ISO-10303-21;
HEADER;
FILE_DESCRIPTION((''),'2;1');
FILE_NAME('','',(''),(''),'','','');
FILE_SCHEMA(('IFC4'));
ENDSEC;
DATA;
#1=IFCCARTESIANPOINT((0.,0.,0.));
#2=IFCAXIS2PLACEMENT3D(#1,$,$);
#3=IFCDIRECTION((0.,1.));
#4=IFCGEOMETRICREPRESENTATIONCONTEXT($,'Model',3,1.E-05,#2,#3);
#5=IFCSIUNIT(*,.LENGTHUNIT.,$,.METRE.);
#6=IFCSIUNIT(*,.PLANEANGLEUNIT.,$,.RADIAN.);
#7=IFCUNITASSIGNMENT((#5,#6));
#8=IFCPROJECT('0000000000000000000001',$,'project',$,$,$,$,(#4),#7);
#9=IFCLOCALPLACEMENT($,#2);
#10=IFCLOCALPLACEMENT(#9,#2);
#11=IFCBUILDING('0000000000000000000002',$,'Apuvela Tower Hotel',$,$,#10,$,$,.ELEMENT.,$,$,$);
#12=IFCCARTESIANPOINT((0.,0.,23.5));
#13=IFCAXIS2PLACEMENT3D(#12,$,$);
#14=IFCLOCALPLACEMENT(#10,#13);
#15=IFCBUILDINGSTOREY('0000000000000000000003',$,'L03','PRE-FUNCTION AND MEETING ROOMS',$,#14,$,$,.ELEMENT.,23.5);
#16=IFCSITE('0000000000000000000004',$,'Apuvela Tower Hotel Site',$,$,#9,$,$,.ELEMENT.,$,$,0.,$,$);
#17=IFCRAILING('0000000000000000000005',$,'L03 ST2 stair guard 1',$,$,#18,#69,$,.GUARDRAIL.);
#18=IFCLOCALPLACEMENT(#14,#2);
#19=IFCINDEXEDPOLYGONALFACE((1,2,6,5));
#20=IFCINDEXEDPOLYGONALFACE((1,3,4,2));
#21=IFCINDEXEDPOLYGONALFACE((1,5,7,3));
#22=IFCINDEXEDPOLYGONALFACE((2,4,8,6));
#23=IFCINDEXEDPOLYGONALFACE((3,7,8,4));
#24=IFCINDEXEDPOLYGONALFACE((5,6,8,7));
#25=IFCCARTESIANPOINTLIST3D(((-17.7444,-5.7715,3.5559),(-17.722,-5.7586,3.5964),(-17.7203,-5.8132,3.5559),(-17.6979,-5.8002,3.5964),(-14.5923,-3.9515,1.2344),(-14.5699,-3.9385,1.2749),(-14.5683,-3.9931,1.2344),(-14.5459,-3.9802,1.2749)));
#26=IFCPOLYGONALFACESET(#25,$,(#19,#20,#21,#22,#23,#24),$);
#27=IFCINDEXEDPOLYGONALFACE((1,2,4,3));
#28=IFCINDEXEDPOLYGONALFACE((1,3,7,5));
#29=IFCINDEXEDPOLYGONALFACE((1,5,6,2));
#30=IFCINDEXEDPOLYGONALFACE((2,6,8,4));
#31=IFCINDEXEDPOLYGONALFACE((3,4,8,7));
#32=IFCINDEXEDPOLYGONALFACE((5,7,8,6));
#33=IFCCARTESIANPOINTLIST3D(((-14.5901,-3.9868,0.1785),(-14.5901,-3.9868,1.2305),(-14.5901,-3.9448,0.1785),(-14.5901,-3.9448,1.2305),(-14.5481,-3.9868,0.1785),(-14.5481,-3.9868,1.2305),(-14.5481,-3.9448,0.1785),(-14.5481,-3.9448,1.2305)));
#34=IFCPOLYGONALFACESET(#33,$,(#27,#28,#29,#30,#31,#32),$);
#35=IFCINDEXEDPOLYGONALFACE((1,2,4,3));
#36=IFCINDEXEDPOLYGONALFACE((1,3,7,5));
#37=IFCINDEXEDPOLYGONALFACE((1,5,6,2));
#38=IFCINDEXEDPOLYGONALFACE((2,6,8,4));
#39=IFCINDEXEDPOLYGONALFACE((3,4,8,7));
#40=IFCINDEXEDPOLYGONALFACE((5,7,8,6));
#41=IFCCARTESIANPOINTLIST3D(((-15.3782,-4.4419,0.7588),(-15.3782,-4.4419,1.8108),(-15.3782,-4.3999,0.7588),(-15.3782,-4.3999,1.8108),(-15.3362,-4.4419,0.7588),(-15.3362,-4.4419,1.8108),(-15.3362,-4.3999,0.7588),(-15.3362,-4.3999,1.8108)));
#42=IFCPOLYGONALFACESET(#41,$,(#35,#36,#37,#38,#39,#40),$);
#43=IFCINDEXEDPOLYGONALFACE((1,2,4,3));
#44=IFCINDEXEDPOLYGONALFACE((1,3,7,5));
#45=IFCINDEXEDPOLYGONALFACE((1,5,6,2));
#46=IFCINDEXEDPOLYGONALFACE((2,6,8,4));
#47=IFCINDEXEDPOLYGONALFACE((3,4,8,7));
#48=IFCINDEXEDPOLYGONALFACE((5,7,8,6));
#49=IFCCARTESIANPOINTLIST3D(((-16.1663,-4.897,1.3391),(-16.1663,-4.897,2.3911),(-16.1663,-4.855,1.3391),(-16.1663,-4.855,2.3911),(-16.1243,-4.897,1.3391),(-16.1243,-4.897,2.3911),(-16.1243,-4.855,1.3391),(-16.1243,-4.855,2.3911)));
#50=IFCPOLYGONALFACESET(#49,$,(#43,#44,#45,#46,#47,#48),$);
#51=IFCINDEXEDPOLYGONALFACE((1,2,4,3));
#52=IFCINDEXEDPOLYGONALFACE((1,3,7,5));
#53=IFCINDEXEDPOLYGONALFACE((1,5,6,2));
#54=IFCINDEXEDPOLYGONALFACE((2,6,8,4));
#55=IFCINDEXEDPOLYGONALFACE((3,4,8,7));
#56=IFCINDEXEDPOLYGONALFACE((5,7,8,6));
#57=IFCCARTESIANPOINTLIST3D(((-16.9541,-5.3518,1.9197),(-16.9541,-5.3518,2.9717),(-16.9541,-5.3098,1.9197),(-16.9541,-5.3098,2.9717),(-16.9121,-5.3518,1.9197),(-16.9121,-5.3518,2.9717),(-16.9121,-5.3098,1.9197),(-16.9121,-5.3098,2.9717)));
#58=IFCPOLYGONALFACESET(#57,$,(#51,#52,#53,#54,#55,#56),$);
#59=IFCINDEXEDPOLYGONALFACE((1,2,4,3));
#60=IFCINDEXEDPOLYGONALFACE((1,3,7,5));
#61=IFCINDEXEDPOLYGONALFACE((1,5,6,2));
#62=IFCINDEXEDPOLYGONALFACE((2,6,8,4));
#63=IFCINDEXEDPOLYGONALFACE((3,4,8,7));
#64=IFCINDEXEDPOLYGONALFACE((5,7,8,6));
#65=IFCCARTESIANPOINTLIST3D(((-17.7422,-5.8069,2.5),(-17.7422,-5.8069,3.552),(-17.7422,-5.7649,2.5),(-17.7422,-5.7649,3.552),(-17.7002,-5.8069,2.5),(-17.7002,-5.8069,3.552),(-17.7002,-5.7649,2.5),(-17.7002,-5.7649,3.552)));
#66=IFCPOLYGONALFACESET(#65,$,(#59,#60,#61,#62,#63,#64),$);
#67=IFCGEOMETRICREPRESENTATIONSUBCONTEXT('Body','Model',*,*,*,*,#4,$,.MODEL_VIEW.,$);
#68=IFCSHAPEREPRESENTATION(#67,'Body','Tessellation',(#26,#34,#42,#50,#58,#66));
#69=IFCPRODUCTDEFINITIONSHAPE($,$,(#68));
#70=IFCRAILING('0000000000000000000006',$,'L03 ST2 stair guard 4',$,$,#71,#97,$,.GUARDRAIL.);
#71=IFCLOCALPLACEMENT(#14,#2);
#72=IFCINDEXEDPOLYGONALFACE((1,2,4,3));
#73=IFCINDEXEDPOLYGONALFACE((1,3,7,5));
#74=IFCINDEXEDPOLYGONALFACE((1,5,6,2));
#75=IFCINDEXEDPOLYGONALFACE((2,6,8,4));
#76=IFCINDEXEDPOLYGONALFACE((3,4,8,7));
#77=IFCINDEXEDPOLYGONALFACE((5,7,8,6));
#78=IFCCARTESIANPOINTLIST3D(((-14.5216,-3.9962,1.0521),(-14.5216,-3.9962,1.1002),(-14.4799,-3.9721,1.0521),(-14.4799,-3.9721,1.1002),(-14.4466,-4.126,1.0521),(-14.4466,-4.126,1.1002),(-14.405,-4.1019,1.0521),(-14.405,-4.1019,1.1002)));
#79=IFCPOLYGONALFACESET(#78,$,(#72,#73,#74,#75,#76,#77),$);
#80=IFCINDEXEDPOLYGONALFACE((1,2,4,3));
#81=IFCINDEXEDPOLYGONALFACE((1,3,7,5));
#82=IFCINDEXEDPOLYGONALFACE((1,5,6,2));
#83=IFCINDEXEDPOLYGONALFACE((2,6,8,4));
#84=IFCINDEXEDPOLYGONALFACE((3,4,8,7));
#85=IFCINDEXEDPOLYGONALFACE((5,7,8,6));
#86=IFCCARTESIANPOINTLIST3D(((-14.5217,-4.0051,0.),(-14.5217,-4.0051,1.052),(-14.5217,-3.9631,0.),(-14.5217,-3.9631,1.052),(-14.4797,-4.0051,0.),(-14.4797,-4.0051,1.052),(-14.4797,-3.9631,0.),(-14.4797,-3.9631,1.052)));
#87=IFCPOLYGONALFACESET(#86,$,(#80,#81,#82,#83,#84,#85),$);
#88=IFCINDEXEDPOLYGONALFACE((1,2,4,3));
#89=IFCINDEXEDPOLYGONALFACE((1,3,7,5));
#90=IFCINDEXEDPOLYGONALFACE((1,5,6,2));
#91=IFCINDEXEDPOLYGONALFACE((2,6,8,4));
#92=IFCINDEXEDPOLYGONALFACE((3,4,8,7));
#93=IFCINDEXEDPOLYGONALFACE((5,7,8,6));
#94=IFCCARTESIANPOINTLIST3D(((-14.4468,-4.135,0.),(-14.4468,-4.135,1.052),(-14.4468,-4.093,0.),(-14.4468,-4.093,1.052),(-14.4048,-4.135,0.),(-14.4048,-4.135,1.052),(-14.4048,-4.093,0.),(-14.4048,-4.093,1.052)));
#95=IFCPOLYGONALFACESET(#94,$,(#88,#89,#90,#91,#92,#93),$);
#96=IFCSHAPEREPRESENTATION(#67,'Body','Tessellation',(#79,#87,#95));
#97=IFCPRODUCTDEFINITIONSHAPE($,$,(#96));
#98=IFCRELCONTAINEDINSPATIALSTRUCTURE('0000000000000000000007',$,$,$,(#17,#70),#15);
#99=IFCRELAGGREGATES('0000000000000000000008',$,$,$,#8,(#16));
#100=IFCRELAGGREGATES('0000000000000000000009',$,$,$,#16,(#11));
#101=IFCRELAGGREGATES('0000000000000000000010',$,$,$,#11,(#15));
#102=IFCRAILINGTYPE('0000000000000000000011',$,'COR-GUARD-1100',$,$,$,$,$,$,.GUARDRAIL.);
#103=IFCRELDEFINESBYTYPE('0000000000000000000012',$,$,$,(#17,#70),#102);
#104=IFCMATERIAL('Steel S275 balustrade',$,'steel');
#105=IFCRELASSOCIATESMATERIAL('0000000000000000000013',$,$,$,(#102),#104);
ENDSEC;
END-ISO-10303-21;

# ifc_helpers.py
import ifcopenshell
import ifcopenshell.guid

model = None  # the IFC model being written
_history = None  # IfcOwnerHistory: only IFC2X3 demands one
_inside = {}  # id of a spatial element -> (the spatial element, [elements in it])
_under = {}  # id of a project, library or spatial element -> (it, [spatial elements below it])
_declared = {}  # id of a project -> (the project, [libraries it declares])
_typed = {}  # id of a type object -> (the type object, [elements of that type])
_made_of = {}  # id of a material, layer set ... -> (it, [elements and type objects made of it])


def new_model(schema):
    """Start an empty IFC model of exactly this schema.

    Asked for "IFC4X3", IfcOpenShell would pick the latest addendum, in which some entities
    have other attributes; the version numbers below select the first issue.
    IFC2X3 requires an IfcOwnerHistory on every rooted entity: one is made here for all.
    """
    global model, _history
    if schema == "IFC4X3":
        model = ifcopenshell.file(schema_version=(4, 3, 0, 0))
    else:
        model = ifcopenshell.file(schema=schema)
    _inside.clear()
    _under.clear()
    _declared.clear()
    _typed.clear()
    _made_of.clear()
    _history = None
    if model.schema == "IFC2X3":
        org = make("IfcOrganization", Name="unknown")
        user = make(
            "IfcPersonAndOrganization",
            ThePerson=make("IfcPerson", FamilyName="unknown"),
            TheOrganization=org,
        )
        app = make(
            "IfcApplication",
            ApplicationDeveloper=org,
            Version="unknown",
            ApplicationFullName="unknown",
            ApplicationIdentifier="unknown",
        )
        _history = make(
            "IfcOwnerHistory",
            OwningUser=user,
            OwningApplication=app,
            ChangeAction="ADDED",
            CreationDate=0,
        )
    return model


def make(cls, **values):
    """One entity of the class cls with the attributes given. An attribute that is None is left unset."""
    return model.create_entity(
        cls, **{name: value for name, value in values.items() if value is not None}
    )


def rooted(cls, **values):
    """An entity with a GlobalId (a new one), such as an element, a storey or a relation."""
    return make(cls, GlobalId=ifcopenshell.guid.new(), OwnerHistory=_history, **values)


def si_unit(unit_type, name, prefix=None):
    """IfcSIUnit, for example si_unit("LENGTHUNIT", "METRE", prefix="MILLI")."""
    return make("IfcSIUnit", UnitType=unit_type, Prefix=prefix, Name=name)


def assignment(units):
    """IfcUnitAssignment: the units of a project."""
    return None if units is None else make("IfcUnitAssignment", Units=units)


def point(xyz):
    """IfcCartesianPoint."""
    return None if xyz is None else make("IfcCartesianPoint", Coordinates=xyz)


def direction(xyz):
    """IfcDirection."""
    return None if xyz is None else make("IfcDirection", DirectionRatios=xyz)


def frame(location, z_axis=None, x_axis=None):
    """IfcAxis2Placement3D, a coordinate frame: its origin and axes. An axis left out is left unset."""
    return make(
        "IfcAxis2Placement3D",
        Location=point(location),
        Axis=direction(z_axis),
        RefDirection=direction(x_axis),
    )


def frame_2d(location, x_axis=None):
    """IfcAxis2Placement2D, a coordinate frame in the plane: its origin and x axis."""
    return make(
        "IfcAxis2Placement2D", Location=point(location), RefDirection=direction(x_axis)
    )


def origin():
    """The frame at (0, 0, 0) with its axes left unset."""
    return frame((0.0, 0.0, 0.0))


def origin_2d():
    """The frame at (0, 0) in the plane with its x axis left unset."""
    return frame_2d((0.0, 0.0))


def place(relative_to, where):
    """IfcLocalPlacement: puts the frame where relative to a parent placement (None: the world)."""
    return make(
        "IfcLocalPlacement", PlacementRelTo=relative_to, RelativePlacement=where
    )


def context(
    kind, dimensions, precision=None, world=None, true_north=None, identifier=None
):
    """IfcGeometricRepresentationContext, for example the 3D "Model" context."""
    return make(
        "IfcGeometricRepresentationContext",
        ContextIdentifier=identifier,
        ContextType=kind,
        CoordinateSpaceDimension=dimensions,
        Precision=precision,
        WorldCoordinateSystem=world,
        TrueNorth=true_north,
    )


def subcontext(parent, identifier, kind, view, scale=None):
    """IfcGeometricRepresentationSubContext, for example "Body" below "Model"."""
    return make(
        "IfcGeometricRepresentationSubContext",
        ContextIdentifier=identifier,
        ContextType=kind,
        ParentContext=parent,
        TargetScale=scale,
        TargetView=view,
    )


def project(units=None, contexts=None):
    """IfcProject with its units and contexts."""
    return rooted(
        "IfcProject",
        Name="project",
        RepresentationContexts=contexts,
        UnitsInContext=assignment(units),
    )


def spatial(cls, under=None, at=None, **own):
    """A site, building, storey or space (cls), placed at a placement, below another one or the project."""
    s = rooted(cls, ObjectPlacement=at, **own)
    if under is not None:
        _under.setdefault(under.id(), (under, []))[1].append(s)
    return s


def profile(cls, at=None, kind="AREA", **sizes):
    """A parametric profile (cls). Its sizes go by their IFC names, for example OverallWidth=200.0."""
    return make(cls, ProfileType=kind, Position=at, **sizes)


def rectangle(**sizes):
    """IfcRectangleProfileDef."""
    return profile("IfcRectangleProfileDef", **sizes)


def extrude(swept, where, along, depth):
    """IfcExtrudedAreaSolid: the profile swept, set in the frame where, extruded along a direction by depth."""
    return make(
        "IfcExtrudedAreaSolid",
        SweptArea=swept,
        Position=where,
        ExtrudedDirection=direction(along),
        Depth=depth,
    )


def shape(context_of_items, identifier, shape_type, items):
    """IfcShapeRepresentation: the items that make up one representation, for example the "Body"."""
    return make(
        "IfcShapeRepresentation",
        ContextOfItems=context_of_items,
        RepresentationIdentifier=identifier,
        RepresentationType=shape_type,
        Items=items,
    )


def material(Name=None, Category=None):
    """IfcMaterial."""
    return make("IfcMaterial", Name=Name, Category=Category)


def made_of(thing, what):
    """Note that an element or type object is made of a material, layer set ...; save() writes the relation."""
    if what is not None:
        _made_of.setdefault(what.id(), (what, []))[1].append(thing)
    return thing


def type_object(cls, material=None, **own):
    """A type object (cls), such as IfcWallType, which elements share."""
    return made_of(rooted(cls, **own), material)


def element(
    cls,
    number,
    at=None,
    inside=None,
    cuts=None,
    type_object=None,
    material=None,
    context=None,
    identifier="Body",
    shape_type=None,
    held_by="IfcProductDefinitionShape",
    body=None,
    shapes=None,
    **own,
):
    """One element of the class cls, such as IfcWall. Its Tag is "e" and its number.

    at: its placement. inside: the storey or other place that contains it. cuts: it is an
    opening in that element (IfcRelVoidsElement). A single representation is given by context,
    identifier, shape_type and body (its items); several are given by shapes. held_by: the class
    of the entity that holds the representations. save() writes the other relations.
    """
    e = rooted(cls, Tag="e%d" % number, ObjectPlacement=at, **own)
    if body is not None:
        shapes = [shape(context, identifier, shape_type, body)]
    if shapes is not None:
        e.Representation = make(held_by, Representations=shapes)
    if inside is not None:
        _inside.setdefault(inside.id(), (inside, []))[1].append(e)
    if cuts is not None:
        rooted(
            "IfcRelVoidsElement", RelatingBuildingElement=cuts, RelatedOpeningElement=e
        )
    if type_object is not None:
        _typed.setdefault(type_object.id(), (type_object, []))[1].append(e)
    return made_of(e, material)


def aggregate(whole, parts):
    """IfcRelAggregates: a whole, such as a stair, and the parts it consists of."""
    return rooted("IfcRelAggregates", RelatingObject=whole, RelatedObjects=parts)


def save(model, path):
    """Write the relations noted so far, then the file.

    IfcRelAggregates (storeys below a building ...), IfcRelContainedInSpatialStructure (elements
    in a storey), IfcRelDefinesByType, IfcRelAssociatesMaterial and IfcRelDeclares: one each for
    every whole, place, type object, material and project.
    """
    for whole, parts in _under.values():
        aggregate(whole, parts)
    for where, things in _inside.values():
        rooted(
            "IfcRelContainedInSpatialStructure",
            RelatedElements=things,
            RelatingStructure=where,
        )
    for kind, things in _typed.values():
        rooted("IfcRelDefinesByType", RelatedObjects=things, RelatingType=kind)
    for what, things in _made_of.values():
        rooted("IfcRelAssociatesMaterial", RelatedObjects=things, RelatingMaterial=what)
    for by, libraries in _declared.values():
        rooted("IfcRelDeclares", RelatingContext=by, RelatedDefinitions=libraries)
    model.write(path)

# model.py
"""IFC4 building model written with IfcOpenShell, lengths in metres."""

from ifc_helpers import new_model, si_unit, direction, frame, origin, origin_2d, place, context, subcontext, project, spatial, rectangle, extrude, material, type_object, element, save


model = new_model("IFC4")

# Units and contexts
model_context = context("Model", 3, precision=1e-05, world=origin(), true_north=direction((0.0, 1.0)))
body_context = subcontext(model_context, "Body", "Model", "MODEL_VIEW")
ifc_project = project(units=[si_unit("LENGTHUNIT", "METRE"), si_unit("PLANEANGLEUNIT", "RADIAN")], contexts=[model_context])

# Site, building, storey
site_placement = place(None, origin())
site = spatial("IfcSite", under=ifc_project, at=site_placement, Name="Apuvela Tower Hotel Site", CompositionType="ELEMENT", RefElevation=0.0)
building_placement = place(site_placement, origin())
building = spatial("IfcBuilding", under=site, at=building_placement, Name="Apuvela Tower Hotel", CompositionType="ELEMENT")
storey_placement = place(building_placement, frame((0.0, 0.0, 23.5)))
storey = spatial("IfcBuildingStorey", under=building, at=storey_placement, Name="L03", Description="PRE-FUNCTION AND MEETING ROOMS", CompositionType="ELEMENT", Elevation=23.5)

# Railings
ifc_material_1 = material(Name="Steel S275 balustrade", Category="steel")
railing_type = type_object("IfcRailingType", Name="COR-GUARD-1100", PredefinedType="GUARDRAIL", material=ifc_material_1)
railing_1_placement = place(storey_placement, frame((-14.5691, -3.9658, 0.1785)))
element("IfcRailing", 1, at=railing_1_placement, inside=storey, type_object=railing_type, Name="L03 ST2 stair guard 1", PredefinedType="GUARDRAIL", context=body_context, shape_type="SweptSolid", body=[
    extrude(rectangle(XDim=0.0481, YDim=0.0481, at=origin_2d()), frame((0.0, 0.0, 1.0762), z_axis=(-0.730132, -0.421589, 0.537745), x_axis=(0.500042, -0.866001, 0.0)), (0.0, 0.0, 1.0), 4.3171),
    extrude(rectangle(XDim=0.042, YDim=0.042, at=origin_2d()), origin(), (0.0, 0.0, 1.0), 1.052),
    extrude(rectangle(XDim=0.042, YDim=0.042, at=origin_2d()), frame((-0.7881, -0.4551, 0.5803)), (0.0, 0.0, 1.0), 1.052),
    extrude(rectangle(XDim=0.042, YDim=0.042, at=origin_2d()), frame((-1.5762, -0.9102, 1.1606)), (0.0, 0.0, 1.0), 1.052),
    extrude(rectangle(XDim=0.042, YDim=0.042, at=origin_2d()), frame((-2.364, -1.365, 1.7412)), (0.0, 0.0, 1.0), 1.052),
    extrude(rectangle(XDim=0.042, YDim=0.042, at=origin_2d()), frame((-3.1521, -1.8201, 2.3215)), (0.0, 0.0, 1.0), 1.052),
])
railing_2_placement = place(storey_placement, frame((-14.5007, -3.9841, 0.0)))
element("IfcRailing", 2, at=railing_2_placement, inside=storey, type_object=railing_type, Name="L03 ST2 stair guard 4", PredefinedType="GUARDRAIL", context=body_context, shape_type="SweptSolid", body=[
    extrude(rectangle(XDim=0.0481, YDim=0.0481, at=origin_2d()), frame((0.0, 0.0, 1.0762), z_axis=(0.499816, -0.866131, 0.0), x_axis=(0.866131, 0.499816, 0.0)), (0.0, 0.0, 1.0), 0.1499),
    extrude(rectangle(XDim=0.042, YDim=0.042, at=origin_2d()), origin(), (0.0, 0.0, 1.0), 1.052),
    extrude(rectangle(XDim=0.042, YDim=0.042, at=origin_2d()), frame((0.075, -0.1299, 0.0)), (0.0, 0.0, 1.0), 1.052),
])

save(model, "model.ifc")
